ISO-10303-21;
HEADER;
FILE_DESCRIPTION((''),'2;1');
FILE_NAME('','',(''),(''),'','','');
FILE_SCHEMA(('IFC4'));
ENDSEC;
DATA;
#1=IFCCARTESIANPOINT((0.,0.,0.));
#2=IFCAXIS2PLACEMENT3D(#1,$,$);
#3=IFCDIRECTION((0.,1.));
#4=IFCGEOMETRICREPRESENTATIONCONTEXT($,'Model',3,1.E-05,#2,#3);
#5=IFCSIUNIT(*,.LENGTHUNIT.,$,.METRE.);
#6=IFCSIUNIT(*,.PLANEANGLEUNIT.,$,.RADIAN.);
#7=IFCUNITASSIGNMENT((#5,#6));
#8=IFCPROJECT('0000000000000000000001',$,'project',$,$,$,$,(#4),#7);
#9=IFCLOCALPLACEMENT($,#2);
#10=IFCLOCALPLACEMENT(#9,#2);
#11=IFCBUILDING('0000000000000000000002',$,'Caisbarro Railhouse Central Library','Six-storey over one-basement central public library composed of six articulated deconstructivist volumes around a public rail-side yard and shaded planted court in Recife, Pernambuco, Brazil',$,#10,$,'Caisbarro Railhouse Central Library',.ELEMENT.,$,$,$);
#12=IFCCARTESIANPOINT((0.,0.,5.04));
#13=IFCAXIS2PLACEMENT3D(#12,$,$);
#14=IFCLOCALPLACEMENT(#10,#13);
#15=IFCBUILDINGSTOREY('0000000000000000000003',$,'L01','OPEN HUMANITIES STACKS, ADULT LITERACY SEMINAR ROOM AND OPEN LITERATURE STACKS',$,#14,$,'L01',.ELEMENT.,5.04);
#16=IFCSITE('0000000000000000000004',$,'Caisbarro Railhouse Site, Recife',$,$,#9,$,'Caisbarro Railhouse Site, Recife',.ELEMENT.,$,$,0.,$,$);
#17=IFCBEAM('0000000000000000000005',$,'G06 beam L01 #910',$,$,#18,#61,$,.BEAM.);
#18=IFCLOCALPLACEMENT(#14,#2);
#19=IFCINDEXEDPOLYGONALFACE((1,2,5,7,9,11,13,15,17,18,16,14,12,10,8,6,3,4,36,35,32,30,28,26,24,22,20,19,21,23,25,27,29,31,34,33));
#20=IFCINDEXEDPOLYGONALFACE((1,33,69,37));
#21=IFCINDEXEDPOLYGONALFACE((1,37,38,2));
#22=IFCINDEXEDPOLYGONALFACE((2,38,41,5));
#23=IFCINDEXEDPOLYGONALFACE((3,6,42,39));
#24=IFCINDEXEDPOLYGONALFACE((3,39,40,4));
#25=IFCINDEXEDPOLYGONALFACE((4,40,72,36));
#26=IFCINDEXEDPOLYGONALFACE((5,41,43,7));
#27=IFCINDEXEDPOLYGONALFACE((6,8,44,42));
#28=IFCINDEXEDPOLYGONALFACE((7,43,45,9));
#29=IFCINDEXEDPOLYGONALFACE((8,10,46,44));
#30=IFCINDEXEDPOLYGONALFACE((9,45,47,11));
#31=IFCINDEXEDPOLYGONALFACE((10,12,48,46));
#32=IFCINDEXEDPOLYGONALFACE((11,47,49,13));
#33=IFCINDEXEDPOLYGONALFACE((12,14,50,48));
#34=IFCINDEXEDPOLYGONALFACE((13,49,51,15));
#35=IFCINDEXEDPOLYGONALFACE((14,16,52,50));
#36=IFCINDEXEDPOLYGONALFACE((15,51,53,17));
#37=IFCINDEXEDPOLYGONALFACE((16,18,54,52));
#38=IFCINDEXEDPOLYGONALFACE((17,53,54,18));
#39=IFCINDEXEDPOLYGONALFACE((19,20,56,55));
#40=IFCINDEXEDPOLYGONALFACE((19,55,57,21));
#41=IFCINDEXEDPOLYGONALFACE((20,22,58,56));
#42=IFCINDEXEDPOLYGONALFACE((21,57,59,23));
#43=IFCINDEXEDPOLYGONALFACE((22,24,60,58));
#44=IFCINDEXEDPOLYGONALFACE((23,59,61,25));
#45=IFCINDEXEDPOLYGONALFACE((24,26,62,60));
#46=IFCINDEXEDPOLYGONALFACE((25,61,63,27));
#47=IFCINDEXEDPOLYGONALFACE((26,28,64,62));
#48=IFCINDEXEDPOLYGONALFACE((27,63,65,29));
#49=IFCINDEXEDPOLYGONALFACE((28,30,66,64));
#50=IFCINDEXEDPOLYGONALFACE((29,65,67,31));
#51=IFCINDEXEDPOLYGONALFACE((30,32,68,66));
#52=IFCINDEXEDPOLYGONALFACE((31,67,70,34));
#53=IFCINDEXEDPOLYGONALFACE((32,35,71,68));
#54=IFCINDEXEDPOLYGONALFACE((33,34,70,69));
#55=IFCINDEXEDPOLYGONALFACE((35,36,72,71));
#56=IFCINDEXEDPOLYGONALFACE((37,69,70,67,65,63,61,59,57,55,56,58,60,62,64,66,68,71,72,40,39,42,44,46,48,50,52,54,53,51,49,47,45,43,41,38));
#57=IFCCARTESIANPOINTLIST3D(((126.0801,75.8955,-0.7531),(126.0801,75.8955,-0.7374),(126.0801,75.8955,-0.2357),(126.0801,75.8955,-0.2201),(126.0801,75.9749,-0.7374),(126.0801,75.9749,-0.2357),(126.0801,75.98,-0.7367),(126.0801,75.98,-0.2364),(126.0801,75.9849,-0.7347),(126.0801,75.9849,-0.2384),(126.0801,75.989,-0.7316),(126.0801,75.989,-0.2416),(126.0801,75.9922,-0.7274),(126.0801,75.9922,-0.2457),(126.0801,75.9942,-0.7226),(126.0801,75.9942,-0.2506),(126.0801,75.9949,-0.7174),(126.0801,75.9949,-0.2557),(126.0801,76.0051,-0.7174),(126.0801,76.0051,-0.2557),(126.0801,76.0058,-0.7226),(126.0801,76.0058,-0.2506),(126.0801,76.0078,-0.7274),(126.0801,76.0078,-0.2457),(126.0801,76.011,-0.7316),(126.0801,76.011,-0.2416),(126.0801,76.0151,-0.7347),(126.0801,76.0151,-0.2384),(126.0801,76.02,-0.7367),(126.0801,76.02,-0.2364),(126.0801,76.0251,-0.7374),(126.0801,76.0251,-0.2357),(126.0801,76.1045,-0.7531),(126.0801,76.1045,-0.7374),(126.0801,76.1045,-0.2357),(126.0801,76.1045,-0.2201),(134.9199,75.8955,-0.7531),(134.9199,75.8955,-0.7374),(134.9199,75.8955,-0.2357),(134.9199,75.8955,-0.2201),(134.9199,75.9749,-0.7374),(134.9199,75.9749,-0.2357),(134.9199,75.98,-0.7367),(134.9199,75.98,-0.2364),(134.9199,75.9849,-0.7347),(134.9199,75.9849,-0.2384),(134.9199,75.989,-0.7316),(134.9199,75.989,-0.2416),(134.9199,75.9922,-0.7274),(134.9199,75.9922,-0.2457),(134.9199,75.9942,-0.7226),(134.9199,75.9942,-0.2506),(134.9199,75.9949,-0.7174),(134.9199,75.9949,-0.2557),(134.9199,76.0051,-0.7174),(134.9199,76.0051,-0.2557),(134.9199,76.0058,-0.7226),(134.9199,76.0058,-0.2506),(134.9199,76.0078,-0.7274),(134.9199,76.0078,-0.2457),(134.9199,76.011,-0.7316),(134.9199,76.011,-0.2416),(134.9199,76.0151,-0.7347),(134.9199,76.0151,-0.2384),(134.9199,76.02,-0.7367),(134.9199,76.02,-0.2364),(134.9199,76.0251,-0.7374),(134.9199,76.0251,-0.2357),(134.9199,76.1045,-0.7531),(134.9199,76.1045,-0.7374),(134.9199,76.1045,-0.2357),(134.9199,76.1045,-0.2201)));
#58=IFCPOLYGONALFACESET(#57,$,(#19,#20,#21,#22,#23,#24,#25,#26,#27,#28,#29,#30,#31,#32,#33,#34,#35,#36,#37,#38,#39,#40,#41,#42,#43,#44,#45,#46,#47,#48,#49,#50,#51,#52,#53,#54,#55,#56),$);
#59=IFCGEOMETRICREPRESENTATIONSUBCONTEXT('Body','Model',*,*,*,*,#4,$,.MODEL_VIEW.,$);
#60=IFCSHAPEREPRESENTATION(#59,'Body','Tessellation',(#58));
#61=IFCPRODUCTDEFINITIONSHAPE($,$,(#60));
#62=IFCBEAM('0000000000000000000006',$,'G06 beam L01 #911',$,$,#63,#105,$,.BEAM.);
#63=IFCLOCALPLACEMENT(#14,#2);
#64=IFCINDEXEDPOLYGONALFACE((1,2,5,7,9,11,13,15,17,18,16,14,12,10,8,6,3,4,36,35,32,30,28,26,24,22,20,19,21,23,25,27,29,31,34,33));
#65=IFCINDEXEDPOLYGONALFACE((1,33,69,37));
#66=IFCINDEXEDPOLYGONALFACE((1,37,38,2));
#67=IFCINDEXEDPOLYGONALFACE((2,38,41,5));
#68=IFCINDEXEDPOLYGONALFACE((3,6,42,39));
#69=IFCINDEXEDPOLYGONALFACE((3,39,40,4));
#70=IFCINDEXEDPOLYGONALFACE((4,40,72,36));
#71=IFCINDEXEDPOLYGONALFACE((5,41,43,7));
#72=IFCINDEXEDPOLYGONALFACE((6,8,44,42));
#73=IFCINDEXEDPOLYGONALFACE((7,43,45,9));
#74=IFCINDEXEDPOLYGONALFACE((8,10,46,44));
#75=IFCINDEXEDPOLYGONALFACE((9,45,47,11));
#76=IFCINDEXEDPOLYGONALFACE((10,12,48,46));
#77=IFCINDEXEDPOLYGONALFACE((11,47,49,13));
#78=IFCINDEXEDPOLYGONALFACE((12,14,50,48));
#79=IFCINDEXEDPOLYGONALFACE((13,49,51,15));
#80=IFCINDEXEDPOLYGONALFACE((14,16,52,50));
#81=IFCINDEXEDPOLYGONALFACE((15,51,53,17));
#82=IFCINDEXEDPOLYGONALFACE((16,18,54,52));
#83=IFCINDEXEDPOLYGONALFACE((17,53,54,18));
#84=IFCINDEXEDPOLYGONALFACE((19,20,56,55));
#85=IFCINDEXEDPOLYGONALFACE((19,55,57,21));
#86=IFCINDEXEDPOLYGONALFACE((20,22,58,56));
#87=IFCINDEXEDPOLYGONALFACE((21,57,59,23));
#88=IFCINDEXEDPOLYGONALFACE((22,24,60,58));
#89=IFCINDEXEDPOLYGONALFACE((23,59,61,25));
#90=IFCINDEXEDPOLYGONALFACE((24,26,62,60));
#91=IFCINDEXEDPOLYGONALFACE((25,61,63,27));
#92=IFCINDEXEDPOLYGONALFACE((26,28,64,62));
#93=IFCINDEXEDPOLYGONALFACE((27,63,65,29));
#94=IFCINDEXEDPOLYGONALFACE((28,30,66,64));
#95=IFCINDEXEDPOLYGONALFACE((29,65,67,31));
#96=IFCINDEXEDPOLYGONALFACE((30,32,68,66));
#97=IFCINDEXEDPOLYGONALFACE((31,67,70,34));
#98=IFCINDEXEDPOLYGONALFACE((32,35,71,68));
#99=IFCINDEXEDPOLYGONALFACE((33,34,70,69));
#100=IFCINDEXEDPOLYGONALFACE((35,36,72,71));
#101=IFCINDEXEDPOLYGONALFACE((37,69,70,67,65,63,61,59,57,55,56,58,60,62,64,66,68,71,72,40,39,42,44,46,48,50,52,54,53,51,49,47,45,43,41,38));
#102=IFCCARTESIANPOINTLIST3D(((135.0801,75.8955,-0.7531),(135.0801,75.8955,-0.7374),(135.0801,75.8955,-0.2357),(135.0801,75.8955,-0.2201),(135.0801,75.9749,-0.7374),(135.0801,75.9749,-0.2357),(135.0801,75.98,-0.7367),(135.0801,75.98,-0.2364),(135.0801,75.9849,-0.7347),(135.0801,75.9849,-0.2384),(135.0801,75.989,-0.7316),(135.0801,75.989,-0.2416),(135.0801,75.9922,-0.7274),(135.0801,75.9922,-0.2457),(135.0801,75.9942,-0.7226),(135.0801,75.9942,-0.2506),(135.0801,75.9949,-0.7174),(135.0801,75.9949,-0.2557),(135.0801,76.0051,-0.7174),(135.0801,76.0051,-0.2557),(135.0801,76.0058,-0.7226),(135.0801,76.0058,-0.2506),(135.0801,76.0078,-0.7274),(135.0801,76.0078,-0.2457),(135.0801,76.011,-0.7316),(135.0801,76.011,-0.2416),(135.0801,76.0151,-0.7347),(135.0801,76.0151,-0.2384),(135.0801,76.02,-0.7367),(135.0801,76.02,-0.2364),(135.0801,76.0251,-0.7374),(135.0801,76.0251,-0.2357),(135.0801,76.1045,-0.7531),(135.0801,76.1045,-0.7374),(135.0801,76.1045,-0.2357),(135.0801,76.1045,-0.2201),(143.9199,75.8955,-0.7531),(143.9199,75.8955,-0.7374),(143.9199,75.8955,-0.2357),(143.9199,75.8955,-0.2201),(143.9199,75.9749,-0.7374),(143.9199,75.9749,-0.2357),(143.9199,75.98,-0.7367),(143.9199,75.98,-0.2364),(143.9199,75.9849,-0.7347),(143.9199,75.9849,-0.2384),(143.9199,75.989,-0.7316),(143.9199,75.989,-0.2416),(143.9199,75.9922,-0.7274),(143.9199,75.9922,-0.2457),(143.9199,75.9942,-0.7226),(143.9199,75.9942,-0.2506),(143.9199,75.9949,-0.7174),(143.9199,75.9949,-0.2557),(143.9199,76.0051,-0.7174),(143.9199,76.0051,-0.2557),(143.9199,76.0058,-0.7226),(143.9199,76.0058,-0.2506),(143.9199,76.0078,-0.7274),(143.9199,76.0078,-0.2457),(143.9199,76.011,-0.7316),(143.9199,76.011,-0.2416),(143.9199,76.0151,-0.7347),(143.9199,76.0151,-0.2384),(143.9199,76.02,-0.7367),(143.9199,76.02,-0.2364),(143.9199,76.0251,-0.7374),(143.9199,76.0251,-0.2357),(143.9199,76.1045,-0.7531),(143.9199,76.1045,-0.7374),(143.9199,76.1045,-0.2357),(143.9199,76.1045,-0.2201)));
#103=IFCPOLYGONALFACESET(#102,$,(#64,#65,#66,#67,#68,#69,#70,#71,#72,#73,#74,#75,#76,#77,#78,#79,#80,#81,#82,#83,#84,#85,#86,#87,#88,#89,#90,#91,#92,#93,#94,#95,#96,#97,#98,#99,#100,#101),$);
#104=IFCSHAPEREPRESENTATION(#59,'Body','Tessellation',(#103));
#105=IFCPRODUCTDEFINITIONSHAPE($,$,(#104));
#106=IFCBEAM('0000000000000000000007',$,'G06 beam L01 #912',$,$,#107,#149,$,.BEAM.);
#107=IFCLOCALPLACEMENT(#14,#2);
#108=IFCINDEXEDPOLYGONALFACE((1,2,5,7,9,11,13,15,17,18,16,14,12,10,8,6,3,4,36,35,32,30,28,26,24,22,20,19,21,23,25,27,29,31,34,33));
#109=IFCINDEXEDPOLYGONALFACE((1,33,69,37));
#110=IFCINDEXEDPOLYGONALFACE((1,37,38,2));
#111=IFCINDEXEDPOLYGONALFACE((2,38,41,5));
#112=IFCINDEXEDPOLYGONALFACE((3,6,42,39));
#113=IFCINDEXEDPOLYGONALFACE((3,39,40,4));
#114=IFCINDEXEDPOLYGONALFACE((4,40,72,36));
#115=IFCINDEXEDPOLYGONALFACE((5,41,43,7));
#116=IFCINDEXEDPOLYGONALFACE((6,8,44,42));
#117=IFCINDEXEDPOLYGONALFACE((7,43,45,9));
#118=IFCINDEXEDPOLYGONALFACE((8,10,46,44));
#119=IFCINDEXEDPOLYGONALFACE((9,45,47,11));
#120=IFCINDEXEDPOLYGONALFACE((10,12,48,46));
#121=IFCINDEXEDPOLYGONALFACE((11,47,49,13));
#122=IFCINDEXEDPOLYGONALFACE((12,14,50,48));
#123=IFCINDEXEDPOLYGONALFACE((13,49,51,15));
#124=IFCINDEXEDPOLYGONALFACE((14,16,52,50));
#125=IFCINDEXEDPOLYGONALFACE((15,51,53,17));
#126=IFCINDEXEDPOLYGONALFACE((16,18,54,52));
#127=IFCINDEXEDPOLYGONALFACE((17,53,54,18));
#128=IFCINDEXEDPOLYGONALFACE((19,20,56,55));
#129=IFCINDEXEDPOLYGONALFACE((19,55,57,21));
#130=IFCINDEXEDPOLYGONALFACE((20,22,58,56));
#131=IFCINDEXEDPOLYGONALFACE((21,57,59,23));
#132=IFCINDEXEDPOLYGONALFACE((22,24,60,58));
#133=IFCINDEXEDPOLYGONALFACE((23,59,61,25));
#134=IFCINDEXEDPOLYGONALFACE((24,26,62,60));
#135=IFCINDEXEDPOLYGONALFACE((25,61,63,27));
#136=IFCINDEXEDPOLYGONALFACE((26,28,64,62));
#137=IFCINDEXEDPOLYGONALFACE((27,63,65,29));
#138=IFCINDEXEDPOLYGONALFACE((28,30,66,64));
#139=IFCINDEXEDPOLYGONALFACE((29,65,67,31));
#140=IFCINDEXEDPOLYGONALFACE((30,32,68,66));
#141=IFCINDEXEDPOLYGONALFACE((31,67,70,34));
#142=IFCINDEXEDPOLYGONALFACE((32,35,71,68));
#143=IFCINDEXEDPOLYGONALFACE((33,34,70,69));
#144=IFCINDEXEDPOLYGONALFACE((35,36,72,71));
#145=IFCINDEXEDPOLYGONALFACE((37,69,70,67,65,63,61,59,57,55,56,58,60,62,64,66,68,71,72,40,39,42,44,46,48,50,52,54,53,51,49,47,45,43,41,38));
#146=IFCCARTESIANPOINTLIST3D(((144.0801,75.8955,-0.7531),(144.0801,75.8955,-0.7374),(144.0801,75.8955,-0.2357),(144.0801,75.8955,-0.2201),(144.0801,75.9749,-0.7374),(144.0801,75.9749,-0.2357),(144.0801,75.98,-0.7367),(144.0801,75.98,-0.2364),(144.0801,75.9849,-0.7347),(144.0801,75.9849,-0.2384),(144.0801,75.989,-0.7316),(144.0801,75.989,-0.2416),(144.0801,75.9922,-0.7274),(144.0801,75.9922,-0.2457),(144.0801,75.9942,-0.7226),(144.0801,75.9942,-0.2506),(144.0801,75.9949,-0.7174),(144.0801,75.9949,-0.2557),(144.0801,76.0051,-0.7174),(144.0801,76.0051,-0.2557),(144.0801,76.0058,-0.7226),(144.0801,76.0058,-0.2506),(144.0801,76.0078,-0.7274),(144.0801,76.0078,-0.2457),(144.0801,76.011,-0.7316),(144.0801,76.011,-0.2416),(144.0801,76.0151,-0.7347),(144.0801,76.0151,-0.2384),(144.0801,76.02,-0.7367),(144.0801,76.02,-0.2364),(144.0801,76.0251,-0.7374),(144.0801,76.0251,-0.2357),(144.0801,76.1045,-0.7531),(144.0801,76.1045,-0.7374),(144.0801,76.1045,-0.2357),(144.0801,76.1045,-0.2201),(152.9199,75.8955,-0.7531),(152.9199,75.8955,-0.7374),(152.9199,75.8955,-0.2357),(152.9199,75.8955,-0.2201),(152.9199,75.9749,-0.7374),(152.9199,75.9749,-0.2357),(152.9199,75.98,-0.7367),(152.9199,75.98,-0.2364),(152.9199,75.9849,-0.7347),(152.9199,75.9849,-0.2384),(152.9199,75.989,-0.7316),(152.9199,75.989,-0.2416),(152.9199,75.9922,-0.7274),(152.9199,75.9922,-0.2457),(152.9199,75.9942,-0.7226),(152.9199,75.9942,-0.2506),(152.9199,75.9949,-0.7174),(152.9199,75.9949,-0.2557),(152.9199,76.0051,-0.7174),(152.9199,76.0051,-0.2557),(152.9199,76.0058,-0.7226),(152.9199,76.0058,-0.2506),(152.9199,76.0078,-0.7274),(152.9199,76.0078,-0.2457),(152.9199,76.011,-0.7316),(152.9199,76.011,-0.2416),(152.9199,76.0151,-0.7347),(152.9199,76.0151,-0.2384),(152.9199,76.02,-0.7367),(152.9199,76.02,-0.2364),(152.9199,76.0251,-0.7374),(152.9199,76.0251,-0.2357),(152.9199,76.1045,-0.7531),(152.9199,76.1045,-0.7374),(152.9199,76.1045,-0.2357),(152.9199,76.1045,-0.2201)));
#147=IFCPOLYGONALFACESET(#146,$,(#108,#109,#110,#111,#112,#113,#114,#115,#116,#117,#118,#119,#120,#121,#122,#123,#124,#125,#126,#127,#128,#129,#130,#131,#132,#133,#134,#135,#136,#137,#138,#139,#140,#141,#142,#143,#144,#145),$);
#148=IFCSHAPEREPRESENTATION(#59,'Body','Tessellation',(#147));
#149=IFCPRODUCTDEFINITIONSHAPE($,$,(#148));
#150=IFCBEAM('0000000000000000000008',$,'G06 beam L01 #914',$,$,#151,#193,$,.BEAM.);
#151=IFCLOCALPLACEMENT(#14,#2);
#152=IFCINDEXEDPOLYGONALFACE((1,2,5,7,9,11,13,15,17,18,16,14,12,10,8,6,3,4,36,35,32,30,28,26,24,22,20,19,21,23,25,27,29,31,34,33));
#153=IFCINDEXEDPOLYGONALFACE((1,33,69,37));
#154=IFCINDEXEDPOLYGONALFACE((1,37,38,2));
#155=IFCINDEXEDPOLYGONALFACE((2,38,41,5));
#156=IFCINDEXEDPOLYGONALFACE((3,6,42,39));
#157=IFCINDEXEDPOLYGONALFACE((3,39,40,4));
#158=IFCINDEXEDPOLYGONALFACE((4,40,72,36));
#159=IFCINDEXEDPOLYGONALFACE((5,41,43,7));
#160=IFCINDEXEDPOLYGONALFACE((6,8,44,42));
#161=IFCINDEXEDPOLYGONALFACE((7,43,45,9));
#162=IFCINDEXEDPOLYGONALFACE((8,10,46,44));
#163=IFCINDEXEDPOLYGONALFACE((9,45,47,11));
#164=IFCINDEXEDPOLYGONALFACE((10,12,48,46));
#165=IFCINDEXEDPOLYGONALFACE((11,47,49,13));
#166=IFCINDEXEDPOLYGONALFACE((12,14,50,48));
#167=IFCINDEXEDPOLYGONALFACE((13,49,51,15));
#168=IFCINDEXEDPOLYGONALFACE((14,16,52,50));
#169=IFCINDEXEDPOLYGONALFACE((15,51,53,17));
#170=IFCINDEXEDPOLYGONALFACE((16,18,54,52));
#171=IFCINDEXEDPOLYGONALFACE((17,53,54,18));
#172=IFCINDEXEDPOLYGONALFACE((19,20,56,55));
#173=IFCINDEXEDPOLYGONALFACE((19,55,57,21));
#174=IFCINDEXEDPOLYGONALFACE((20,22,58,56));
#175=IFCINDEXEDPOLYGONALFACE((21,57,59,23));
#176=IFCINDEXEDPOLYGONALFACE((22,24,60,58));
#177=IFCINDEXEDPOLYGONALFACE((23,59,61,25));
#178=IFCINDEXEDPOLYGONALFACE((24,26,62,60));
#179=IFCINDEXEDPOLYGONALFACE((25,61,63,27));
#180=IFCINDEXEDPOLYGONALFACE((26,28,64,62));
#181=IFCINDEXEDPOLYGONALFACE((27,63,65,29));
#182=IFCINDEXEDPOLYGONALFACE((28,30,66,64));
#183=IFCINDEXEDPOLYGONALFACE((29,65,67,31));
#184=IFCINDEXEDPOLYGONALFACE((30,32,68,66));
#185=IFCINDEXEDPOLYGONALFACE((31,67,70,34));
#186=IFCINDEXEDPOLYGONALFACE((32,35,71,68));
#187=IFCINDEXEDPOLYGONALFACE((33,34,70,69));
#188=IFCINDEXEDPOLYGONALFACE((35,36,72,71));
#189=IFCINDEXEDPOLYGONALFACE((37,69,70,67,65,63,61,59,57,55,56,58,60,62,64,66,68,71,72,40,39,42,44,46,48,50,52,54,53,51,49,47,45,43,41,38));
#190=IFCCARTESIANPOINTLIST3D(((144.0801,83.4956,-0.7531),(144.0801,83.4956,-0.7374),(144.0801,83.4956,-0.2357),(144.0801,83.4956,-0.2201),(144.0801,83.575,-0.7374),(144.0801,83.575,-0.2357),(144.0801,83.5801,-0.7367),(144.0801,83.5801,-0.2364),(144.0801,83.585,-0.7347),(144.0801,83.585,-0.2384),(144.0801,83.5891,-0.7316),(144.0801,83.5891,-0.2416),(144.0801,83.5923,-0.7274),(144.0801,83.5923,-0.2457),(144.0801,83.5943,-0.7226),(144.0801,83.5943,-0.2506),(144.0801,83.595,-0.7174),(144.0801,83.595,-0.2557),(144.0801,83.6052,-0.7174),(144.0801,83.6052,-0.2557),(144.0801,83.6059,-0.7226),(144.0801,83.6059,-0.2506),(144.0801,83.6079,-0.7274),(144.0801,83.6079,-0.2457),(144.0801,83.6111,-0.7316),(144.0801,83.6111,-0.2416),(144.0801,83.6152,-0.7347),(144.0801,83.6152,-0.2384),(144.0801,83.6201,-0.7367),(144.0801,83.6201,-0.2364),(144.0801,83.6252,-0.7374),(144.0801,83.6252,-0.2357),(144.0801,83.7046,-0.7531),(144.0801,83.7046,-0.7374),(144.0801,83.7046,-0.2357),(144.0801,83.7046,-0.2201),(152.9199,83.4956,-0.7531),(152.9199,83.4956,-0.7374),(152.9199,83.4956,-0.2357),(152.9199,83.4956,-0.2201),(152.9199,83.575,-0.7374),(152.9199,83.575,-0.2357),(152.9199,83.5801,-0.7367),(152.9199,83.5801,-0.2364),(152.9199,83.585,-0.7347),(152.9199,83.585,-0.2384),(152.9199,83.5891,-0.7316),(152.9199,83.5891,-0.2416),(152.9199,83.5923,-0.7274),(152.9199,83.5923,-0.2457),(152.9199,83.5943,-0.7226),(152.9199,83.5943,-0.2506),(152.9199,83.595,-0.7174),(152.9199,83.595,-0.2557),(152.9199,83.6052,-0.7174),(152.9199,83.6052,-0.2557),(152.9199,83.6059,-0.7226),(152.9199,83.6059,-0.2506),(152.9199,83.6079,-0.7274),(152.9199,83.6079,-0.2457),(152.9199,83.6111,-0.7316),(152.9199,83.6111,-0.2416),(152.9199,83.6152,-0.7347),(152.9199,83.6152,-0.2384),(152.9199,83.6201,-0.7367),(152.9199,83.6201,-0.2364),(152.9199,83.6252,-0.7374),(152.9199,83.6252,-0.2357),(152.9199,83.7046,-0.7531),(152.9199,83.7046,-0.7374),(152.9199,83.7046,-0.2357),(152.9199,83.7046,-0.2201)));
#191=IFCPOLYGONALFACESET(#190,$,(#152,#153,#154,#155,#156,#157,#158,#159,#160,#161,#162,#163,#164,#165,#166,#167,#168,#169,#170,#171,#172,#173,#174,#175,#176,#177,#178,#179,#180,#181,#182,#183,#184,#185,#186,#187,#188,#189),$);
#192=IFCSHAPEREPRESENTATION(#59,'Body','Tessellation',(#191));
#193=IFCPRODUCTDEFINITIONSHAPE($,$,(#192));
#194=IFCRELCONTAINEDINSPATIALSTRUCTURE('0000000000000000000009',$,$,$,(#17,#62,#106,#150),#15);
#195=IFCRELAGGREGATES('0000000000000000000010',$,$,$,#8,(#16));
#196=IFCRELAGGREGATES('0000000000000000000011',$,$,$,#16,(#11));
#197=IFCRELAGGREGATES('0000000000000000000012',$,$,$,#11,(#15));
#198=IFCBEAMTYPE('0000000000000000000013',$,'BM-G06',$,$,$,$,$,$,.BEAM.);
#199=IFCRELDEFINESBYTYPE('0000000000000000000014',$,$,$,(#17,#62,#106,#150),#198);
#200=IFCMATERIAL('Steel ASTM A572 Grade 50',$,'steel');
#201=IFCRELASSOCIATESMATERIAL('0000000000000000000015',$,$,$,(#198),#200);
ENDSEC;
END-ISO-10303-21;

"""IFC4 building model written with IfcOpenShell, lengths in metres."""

from ifc_helpers import new_model, si_unit, direction, frame, origin, origin_2d, place, context, subcontext, project, spatial, i_section, extrude, material, material_profile, profile_set, type_object, element, save


model = new_model("IFC4")

# Units and contexts
model_context = context("Model", 3, precision=1e-05, world=origin(), true_north=direction((0.0, 1.0)))
body_context = subcontext(model_context, "Body", "Model", "MODEL_VIEW")
ifc_project = project(units=[si_unit("LENGTHUNIT", "METRE"), si_unit("PLANEANGLEUNIT", "RADIAN")], contexts=[model_context])

# Site, building, storey
site_placement = place(None, origin())
site = spatial("IfcSite", under=ifc_project, at=site_placement, Name="Caisbarro Railhouse Site, Recife", LongName="Caisbarro Railhouse Site, Recife", CompositionType="ELEMENT", RefElevation=0.0)
building_placement = place(site_placement, origin())
building = spatial("IfcBuilding", under=site, at=building_placement, Name="Caisbarro Railhouse Central Library", Description="Six-storey over one-basement central public library composed of six articulated deconstructivist volumes around a public rail-side yard and shaded planted court in Recife, Pernambuco, Brazil", LongName="Caisbarro Railhouse Central Library", CompositionType="ELEMENT")
storey_placement = place(building_placement, frame((0.0, 0.0, 5.04)))
storey = spatial("IfcBuildingStorey", under=building, at=storey_placement, Name="L01", Description="OPEN HUMANITIES STACKS, ADULT LITERACY SEMINAR ROOM AND OPEN LITERATURE STACKS", LongName="L01", CompositionType="ELEMENT", Elevation=5.04)

# Shared definitions
ifc_material_1 = material(Name="Steel ASTM A572 Grade 50", Category="steel")

# Beams
ifc_material_profile_1 = material_profile(ifc_material_1, i_section(OverallWidth=0.209, OverallDepth=0.533, WebThickness=0.0103, FlangeThickness=0.0156, FilletRadius=0.02, at=origin_2d()), Name="W530X92.0")
ifc_profile_set_1 = profile_set([ifc_material_profile_1], Name="Steel ASTM A572 Grade 50")
beam_type_1 = type_object("IfcBeamType", Name="BM-G06", PredefinedType="BEAM", material=ifc_profile_set_1)
for number, where, z_axis, x_axis, name in (
    (1, (126.0801, 76.0, -0.4866), (1.0, 0.0, 0.0), (0.0, 1.0, 0.0), "G06 beam L01 #910"),
    (2, (135.0801, 76.0, -0.4866), (1.0, 0.0, 0.0), (0.0, 1.0, 0.0), "G06 beam L01 #911"),
    (3, (144.0801, 76.0, -0.4866), (1.0, 0.0, 0.0), (0.0, 1.0, 0.0), "G06 beam L01 #912"),
    (4, (144.0801, 83.6001, -0.4866), (1.0, 0.0, 0.0), (0.0, 1.0, 0.0), "G06 beam L01 #914"),
):
    element("IfcBeam", number, at=place(storey_placement, frame(where, z_axis=z_axis, x_axis=x_axis)), inside=storey, type_object=beam_type_1, Name=name, PredefinedType="BEAM", context=body_context, shape_type="SweptSolid", body=[
        extrude(i_section(OverallWidth=0.209, OverallDepth=0.533, WebThickness=0.0103, FlangeThickness=0.0156, FilletRadius=0.02, at=origin_2d()), origin(), (0.0, 0.0, 1.0), 8.8398),
    ])

save(model, "model.ifc")
